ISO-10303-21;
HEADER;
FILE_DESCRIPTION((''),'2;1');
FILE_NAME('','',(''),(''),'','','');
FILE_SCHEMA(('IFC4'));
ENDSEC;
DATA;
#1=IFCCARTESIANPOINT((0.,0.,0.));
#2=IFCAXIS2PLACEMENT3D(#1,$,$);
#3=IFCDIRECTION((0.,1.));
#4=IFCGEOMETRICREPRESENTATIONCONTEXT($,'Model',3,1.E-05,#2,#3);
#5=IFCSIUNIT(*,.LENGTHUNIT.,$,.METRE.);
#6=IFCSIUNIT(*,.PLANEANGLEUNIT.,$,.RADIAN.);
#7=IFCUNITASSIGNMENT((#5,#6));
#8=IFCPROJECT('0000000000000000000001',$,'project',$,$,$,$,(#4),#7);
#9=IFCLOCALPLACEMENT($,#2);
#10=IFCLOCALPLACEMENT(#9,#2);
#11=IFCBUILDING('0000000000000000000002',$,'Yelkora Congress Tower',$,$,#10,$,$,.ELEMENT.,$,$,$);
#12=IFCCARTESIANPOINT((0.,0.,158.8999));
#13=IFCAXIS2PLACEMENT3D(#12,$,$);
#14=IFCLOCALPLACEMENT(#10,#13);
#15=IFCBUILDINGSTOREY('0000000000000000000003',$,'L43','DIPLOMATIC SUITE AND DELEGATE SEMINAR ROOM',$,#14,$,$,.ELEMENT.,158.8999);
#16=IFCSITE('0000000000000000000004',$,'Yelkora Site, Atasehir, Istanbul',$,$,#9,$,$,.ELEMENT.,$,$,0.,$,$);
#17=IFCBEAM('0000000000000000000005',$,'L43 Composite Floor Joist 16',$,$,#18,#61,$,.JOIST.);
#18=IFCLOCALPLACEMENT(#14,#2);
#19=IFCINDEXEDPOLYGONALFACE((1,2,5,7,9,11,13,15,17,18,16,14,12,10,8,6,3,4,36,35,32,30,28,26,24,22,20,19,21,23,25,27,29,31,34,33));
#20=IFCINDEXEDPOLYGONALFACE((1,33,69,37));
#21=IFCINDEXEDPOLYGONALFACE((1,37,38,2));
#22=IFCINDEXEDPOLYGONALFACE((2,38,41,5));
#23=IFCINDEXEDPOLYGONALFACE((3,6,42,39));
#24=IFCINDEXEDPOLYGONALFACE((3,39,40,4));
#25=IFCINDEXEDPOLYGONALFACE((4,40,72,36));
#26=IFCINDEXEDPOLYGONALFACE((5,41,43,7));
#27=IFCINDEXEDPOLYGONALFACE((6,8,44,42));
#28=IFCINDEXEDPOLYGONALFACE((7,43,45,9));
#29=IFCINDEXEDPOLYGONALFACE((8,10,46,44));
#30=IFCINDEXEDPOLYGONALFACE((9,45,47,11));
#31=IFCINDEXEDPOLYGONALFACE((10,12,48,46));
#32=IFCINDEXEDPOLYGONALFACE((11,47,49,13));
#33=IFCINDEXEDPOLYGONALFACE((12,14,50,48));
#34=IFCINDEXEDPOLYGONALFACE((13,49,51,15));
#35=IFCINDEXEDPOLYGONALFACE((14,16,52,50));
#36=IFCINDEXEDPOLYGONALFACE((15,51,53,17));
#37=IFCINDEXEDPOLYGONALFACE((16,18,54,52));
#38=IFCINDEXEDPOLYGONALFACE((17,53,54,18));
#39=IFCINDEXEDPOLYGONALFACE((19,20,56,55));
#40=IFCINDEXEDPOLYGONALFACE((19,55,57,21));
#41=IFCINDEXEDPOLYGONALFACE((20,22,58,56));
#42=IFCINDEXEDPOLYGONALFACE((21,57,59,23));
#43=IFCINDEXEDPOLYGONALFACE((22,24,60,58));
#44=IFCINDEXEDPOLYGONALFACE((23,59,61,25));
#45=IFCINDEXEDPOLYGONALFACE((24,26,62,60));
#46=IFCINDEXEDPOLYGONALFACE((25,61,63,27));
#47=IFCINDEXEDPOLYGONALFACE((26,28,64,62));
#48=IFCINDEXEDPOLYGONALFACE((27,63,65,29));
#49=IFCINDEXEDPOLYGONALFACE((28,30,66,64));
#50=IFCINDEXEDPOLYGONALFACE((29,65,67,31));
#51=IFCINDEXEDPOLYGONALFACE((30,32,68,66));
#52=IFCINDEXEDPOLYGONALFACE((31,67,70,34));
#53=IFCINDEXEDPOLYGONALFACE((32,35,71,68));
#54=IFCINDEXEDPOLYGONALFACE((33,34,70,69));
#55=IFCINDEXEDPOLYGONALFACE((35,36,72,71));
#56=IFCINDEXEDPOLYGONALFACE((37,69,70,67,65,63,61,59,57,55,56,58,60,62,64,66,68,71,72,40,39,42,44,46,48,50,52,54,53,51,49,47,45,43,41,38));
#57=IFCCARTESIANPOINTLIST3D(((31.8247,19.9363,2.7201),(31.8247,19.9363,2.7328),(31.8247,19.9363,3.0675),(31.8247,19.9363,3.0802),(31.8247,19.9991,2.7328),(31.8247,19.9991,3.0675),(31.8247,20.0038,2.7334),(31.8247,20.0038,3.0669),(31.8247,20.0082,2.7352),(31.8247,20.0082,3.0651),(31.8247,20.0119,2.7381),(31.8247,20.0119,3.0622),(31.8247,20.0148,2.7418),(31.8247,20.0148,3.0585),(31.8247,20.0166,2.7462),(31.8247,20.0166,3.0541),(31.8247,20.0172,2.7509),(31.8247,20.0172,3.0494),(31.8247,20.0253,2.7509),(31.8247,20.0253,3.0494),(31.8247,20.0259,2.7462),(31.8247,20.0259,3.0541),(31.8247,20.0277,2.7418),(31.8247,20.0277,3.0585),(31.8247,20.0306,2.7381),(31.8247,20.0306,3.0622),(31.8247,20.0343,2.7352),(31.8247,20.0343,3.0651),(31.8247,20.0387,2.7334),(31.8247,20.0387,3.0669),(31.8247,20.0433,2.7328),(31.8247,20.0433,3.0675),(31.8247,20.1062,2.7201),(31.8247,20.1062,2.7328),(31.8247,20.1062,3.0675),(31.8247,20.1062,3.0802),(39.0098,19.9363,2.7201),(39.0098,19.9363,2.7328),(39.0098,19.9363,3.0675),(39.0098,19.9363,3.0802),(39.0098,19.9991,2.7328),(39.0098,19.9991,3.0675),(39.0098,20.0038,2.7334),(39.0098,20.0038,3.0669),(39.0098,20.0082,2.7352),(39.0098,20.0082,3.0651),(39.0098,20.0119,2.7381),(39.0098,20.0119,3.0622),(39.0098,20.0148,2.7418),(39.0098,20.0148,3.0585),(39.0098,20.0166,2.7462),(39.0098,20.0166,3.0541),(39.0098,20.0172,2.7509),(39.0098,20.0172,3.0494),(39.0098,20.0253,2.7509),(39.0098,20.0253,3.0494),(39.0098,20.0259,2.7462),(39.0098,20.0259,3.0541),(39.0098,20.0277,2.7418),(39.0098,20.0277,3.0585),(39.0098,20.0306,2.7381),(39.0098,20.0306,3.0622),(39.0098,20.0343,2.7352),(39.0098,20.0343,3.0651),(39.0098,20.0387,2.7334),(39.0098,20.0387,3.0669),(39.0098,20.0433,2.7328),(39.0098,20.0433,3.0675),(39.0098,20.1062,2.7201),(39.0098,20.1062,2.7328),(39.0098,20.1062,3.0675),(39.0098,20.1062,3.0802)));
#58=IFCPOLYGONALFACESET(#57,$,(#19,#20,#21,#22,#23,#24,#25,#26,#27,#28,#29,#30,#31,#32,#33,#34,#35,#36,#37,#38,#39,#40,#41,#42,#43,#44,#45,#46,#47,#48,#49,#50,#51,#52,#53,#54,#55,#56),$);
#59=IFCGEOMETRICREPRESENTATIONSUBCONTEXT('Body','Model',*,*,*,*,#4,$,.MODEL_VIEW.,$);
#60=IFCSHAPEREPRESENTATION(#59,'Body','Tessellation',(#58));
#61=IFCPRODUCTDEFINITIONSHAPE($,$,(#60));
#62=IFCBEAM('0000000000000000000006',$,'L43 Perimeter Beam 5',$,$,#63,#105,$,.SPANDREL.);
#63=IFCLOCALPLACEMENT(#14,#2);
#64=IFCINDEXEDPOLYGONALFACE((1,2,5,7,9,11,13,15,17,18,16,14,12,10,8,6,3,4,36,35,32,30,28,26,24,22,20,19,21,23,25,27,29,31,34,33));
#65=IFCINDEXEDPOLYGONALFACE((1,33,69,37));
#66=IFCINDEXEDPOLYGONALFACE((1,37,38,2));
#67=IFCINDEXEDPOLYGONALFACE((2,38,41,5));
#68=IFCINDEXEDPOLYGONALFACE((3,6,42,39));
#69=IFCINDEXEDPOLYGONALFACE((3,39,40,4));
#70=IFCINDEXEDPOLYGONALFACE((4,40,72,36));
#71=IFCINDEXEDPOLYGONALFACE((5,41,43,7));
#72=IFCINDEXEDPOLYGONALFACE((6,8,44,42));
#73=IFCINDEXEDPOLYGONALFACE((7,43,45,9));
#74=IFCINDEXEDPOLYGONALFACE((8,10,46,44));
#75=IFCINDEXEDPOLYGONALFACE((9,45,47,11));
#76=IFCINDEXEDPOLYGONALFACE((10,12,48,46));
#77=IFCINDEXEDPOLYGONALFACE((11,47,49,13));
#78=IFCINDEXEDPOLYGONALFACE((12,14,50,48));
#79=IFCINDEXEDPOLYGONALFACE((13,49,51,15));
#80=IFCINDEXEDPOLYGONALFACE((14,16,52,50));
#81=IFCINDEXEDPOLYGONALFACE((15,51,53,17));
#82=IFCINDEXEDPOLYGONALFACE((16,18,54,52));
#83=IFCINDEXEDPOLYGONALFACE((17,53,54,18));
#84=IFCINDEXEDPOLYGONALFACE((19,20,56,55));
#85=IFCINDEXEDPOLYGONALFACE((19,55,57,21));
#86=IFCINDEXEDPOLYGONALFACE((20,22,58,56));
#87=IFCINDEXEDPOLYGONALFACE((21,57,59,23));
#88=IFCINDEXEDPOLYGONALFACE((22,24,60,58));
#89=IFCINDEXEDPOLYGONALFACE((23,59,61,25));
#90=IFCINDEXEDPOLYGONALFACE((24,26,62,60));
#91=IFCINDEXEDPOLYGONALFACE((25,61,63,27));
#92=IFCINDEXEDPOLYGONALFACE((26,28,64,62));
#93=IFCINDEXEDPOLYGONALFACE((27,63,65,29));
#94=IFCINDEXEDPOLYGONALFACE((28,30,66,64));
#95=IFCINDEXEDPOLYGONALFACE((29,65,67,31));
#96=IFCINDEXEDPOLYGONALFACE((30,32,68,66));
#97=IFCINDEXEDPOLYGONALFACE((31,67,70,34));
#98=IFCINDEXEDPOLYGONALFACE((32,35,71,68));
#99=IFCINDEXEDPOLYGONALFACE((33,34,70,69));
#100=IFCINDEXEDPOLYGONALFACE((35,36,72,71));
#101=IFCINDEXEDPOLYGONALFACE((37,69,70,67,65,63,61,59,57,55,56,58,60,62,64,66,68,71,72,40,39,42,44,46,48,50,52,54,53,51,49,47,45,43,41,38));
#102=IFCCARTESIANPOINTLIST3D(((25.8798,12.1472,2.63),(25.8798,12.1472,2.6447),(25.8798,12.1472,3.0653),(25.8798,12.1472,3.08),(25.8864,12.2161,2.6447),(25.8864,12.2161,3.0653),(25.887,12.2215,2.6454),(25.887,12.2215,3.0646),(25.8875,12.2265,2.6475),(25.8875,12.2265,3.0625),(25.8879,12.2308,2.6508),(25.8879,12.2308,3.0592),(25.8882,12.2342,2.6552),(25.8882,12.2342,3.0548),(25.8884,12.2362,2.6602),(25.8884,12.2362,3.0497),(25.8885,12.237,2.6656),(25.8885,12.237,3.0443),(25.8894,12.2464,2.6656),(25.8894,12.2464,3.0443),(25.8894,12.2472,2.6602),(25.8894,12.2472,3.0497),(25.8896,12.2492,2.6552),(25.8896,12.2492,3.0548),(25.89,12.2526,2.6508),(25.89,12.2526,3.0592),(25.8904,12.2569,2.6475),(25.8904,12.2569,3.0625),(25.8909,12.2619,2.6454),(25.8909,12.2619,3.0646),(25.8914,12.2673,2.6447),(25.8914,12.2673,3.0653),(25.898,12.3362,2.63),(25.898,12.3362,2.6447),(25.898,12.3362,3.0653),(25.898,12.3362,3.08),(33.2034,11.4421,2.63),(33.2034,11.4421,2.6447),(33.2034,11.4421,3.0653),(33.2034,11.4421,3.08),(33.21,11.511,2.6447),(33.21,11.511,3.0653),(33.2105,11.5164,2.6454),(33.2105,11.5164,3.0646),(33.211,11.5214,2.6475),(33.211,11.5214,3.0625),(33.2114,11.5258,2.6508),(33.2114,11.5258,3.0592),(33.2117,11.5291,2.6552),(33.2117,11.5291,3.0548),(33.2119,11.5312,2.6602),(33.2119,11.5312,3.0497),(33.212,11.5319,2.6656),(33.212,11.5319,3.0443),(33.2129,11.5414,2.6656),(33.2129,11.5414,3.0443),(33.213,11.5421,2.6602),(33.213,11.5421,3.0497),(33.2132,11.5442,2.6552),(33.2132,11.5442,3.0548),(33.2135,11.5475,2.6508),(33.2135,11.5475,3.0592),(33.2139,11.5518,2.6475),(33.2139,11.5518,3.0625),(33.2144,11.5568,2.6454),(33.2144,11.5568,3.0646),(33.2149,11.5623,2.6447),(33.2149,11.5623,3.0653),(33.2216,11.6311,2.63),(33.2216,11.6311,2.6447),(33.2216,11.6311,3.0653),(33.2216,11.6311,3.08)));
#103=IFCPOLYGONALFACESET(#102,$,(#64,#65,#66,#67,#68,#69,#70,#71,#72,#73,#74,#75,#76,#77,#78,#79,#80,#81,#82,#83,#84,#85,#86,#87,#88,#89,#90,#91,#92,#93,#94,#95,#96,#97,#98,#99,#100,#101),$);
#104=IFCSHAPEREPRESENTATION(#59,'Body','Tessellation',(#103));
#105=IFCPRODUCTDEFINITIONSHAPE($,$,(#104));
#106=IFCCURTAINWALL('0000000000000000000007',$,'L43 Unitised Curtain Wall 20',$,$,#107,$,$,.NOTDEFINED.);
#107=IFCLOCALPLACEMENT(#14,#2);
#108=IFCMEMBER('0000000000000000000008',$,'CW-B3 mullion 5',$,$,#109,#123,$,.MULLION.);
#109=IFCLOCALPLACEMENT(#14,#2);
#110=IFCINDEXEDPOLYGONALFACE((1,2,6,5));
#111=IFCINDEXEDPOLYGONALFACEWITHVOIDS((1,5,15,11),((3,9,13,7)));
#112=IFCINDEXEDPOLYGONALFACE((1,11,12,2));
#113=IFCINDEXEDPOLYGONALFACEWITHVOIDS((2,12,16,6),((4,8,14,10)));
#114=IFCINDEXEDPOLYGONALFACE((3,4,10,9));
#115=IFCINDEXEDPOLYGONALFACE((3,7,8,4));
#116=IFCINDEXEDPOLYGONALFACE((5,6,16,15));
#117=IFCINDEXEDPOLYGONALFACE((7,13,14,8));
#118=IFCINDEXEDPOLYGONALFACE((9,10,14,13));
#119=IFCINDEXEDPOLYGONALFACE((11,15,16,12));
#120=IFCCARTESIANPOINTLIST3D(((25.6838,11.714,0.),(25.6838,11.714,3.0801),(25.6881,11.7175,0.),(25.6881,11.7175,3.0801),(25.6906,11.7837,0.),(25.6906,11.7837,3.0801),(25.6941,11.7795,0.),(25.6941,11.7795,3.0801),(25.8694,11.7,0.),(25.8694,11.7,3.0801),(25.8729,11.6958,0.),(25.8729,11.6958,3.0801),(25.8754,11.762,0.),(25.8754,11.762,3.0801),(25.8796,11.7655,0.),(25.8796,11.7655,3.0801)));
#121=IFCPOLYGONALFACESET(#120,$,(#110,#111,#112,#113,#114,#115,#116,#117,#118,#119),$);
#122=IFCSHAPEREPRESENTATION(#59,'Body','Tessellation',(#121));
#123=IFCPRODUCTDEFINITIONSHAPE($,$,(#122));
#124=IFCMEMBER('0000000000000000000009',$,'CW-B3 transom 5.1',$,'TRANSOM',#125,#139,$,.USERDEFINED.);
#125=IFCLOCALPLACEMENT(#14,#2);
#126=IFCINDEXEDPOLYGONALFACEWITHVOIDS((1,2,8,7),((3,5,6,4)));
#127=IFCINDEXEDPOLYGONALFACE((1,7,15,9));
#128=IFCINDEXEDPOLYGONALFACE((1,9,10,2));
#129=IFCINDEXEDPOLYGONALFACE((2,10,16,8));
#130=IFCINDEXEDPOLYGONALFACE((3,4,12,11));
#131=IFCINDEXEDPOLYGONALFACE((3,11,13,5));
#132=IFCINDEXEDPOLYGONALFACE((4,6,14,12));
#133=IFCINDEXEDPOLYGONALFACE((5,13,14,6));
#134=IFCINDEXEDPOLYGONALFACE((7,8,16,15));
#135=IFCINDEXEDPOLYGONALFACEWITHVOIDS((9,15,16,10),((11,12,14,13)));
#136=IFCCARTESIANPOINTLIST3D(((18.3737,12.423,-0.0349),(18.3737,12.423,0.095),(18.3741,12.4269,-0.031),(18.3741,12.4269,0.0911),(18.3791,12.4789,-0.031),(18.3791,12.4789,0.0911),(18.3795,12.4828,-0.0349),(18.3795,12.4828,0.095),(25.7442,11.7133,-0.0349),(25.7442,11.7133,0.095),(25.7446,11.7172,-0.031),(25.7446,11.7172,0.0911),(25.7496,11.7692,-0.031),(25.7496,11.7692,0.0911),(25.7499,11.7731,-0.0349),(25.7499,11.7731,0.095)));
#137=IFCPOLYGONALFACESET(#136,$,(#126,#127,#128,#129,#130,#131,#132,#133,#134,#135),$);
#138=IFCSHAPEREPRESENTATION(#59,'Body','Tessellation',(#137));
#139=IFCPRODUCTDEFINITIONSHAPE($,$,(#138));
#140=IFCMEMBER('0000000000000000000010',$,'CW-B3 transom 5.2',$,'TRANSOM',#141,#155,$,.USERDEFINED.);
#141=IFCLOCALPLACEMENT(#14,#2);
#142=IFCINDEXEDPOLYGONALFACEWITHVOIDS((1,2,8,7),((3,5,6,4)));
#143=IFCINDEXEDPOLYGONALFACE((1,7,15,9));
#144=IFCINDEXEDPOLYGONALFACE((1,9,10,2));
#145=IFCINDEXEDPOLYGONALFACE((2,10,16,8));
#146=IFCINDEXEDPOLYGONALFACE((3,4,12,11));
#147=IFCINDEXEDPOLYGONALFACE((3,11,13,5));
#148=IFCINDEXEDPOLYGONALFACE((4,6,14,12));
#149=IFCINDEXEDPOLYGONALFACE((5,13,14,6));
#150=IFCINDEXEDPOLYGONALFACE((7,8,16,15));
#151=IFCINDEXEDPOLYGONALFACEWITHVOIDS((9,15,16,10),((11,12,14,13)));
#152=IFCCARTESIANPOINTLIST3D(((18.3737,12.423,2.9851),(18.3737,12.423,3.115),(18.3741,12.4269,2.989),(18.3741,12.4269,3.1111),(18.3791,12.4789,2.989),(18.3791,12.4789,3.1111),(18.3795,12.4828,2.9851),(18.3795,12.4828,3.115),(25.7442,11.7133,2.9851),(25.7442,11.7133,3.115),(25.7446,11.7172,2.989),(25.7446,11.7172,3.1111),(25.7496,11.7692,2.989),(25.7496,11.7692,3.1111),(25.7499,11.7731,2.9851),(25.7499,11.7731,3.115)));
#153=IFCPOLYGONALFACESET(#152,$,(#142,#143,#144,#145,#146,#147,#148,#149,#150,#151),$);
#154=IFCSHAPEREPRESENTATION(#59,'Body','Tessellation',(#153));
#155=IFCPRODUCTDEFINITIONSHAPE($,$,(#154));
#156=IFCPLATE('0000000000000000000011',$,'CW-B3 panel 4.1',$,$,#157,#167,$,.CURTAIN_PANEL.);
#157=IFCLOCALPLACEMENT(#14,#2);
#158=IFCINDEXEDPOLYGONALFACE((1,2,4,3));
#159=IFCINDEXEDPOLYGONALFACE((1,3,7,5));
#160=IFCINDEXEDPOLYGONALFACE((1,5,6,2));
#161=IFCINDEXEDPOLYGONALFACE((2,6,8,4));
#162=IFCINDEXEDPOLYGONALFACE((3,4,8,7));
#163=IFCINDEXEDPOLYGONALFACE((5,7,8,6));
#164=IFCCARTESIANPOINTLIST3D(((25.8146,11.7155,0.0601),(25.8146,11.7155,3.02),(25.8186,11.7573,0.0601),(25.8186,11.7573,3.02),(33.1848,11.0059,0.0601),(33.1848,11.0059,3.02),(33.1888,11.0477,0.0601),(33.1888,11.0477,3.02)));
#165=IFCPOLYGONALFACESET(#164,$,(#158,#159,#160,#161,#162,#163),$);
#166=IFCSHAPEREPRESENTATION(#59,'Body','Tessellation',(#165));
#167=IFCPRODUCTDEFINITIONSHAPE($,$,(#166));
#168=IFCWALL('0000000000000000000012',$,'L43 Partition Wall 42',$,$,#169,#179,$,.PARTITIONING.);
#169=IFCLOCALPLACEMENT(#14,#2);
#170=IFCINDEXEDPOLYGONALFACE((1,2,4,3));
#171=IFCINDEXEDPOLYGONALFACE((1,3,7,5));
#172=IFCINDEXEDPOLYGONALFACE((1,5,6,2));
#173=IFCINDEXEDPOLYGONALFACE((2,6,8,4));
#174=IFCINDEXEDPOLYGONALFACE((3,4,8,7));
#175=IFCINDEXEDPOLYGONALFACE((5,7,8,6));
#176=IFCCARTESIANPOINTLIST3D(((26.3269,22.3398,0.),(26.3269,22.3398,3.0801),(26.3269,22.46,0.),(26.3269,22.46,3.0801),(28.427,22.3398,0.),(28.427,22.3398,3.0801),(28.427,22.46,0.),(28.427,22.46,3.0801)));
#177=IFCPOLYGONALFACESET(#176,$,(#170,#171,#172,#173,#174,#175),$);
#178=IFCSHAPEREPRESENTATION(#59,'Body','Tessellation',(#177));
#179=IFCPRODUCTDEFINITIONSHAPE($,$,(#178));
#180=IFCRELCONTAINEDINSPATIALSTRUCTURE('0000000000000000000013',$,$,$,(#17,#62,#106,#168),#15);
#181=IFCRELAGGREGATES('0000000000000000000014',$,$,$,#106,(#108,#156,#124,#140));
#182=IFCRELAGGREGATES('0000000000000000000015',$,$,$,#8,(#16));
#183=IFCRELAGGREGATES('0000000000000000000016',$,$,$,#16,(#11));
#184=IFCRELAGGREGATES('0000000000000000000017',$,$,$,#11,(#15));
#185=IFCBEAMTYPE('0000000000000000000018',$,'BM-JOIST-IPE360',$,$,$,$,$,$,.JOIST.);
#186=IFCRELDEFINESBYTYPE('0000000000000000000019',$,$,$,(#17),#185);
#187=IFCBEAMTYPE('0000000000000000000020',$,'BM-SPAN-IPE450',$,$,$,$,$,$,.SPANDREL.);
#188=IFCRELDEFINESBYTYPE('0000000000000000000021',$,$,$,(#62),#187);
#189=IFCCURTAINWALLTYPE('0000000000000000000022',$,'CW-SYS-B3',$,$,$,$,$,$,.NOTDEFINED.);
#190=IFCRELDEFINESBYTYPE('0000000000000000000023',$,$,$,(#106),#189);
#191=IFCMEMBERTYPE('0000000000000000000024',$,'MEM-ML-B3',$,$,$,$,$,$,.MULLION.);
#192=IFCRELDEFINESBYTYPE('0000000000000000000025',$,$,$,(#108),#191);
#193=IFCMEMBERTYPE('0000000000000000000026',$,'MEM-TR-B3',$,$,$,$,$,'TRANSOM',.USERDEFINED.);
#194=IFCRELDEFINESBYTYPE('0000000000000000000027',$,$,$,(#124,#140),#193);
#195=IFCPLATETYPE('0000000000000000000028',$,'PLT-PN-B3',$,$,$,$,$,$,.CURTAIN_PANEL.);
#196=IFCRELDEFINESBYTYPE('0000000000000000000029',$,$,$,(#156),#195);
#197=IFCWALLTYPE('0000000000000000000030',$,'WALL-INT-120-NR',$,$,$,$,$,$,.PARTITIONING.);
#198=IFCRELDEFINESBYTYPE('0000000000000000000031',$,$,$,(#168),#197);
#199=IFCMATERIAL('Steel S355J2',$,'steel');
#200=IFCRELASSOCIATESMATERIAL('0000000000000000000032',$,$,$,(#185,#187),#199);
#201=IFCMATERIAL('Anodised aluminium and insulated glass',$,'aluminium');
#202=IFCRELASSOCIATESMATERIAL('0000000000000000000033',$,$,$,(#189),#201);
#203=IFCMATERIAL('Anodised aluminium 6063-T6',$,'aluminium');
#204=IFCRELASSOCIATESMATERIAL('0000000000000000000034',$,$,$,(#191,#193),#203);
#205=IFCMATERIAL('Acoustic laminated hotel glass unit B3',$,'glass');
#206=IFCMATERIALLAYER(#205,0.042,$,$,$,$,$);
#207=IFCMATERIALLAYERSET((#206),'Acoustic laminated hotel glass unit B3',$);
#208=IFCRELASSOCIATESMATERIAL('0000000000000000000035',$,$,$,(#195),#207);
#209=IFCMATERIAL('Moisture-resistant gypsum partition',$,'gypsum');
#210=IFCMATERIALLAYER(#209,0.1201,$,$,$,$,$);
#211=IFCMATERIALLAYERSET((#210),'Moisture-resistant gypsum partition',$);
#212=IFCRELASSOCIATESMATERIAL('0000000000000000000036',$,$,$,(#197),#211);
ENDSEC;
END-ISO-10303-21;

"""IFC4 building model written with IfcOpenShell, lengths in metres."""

from ifc_helpers import new_model, si_unit, direction, frame, frame_2d, origin, origin_2d, place, context, subcontext, project, spatial, rectangle, hollow_rectangle, i_section, extrude, material, layer, layer_set, material_profile, profile_set, type_object, element, aggregate, save


model = new_model("IFC4")

# Units and contexts
model_context = context("Model", 3, precision=1e-05, world=origin(), true_north=direction((0.0, 1.0)))
body_context = subcontext(model_context, "Body", "Model", "MODEL_VIEW")
ifc_project = project(units=[si_unit("LENGTHUNIT", "METRE"), si_unit("PLANEANGLEUNIT", "RADIAN")], contexts=[model_context])

# Site, building, storey
site_placement = place(None, origin())
site = spatial("IfcSite", under=ifc_project, at=site_placement, Name="Yelkora Site, Atasehir, Istanbul", CompositionType="ELEMENT", RefElevation=0.0)
building_placement = place(site_placement, origin())
building = spatial("IfcBuilding", under=site, at=building_placement, Name="Yelkora Congress Tower", CompositionType="ELEMENT")
storey_placement = place(building_placement, frame((0.0, 0.0, 158.8999)))
storey = spatial("IfcBuildingStorey", under=building, at=storey_placement, Name="L43", Description="DIPLOMATIC SUITE AND DELEGATE SEMINAR ROOM", CompositionType="ELEMENT", Elevation=158.8999)

# Beams
ifc_material_1 = material(Name="Steel S355J2", Category="steel")
ifc_material_profile_1 = material_profile(ifc_material_1, i_section(OverallWidth=0.1699, OverallDepth=0.3601, WebThickness=0.0081, FlangeThickness=0.0127, FilletRadius=0.0181, at=origin_2d()), Name="IPE 360")
ifc_profile_set_1 = profile_set([ifc_material_profile_1], Name="Steel S355J2")
beam_type_1 = type_object("IfcBeamType", Name="BM-JOIST-IPE360", PredefinedType="JOIST", material=ifc_profile_set_1)
beam_1_placement = place(storey_placement, frame((31.8247, 20.0212, 2.9001), z_axis=(1.0, 0.0, 0.0), x_axis=(0.0, 1.0, 0.0)))
element("IfcBeam", 1, at=beam_1_placement, inside=storey, type_object=beam_type_1, Name="L43 Composite Floor Joist 16", PredefinedType="JOIST", context=body_context, shape_type="SweptSolid", body=[
    extrude(i_section(OverallWidth=0.1699, OverallDepth=0.3601, WebThickness=0.0081, FlangeThickness=0.0127, FilletRadius=0.0181, at=origin_2d()), origin(), (0.0, 0.0, 1.0), 7.1851),
])
ifc_material_profile_2 = material_profile(ifc_material_1, i_section(OverallWidth=0.1899, OverallDepth=0.45, WebThickness=0.0095, FlangeThickness=0.0146, FilletRadius=0.021, at=origin_2d()), Name="IPE 450")
ifc_profile_set_2 = profile_set([ifc_material_profile_2], Name="Steel S355J2")
beam_type_2 = type_object("IfcBeamType", Name="BM-SPAN-IPE450", PredefinedType="SPANDREL", material=ifc_profile_set_2)
beam_2_placement = place(storey_placement, frame((25.8889, 12.2417, 2.855), z_axis=(0.995397, -0.095833, 0.0), x_axis=(0.095833, 0.995397, 0.0)))
element("IfcBeam", 2, at=beam_2_placement, inside=storey, type_object=beam_type_2, Name="L43 Perimeter Beam 5", PredefinedType="SPANDREL", context=body_context, shape_type="SweptSolid", body=[
    extrude(i_section(OverallWidth=0.1899, OverallDepth=0.45, WebThickness=0.0095, FlangeThickness=0.0146, FilletRadius=0.021, at=origin_2d()), origin(), (0.0, 0.0, 1.0), 7.3574),
])

# Curtain wall, members, plate
ifc_material_2 = material(Name="Anodised aluminium and insulated glass", Category="aluminium")
curtain_wall_type = type_object("IfcCurtainWallType", Name="CW-SYS-B3", PredefinedType="NOTDEFINED", material=ifc_material_2)
curtain_wall_placement = place(storey_placement, origin())
curtain_wall = element("IfcCurtainWall", 3, at=curtain_wall_placement, inside=storey, type_object=curtain_wall_type, Name="L43 Unitised Curtain Wall 20", PredefinedType="NOTDEFINED")
ifc_material_3 = material(Name="Anodised aluminium 6063-T6", Category="aluminium")
ifc_material_profile_3 = material_profile(ifc_material_3, hollow_rectangle(XDim=0.0701, YDim=0.1899, WallThickness=0.0039, at=origin_2d()), Name="ALU 70x190x4")
ifc_profile_set_3 = profile_set([ifc_material_profile_3], Name="Anodised aluminium 6063-T6")
member_type_1 = type_object("IfcMemberType", Name="MEM-ML-B3", PredefinedType="MULLION", material=ifc_profile_set_3)
member_1_placement = place(storey_placement, frame((25.7817, 11.7397, 0.0), z_axis=(0.0, 0.0, 1.0), x_axis=(-0.095845, -0.995396, 0.0)))
member_1 = element("IfcMember", 4, at=member_1_placement, type_object=member_type_1, Name="CW-B3 mullion 5", PredefinedType="MULLION", context=body_context, shape_type="SweptSolid", body=[
    extrude(hollow_rectangle(XDim=0.0701, YDim=0.1899, WallThickness=0.0039, at=origin_2d()), origin(), (0.0, 0.0, 1.0), 3.0801),
])
ifc_material_profile_4 = material_profile(ifc_material_3, hollow_rectangle(XDim=0.0601, YDim=0.1299, WallThickness=0.0039, at=origin_2d()), Name="ALU 60x130x4")
ifc_profile_set_4 = profile_set([ifc_material_profile_4], Name="Anodised aluminium 6063-T6")
member_type_2 = type_object("IfcMemberType", Name="MEM-TR-B3", ElementType="TRANSOM", PredefinedType="USERDEFINED", material=ifc_profile_set_4)
member_2_placement = place(storey_placement, frame((25.7471, 11.7432, 0.03), z_axis=(-0.995396, 0.09585, 0.0), x_axis=(-0.09585, -0.995396, 0.0)))
member_2 = element("IfcMember", 5, at=member_2_placement, type_object=member_type_2, Name="CW-B3 transom 5.1", ObjectType="TRANSOM", PredefinedType="USERDEFINED", context=body_context, shape_type="SweptSolid", body=[
    extrude(hollow_rectangle(XDim=0.0601, YDim=0.1299, WallThickness=0.0039, at=origin_2d()), origin(), (0.0, 0.0, 1.0), 7.4045),
])
member_3_placement = place(storey_placement, frame((25.7471, 11.7432, 3.05), z_axis=(-0.995396, 0.09585, 0.0), x_axis=(-0.09585, -0.995396, 0.0)))
member_3 = element("IfcMember", 6, at=member_3_placement, type_object=member_type_2, Name="CW-B3 transom 5.2", ObjectType="TRANSOM", PredefinedType="USERDEFINED", context=body_context, shape_type="SweptSolid", body=[
    extrude(hollow_rectangle(XDim=0.0601, YDim=0.1299, WallThickness=0.0039, at=origin_2d()), origin(), (0.0, 0.0, 1.0), 7.4045),
])
ifc_material_4 = material(Name="Acoustic laminated hotel glass unit B3", Category="glass")
ifc_layer_1 = layer(ifc_material_4, 0.042)
ifc_layer_set_1 = layer_set([ifc_layer_1], Name="Acoustic laminated hotel glass unit B3")
plate_type = type_object("IfcPlateType", Name="PLT-PN-B3", PredefinedType="CURTAIN_PANEL", material=ifc_layer_set_1)
plate_placement = place(storey_placement, frame((29.5017, 11.3816, 0.0601), z_axis=(0.0, 0.0, 1.0), x_axis=(-0.995396, 0.095845, 0.0)))
plate = element("IfcPlate", 7, at=plate_placement, type_object=plate_type, Name="CW-B3 panel 4.1", PredefinedType="CURTAIN_PANEL", context=body_context, shape_type="SweptSolid", body=[
    extrude(rectangle(XDim=7.4043, YDim=0.042, at=origin_2d()), origin(), (0.0, 0.0, 1.0), 2.96),
])
aggregate(curtain_wall, [member_1, plate, member_2, member_3])

# Wall
ifc_material_5 = material(Name="Moisture-resistant gypsum partition", Category="gypsum")
ifc_layer_2 = layer(ifc_material_5, 0.1201)
ifc_layer_set_2 = layer_set([ifc_layer_2], Name="Moisture-resistant gypsum partition")
wall_type_1 = type_object("IfcWallType", Name="WALL-INT-120-NR", PredefinedType="PARTITIONING", material=ifc_layer_set_2)
wall_1_placement = place(storey_placement, frame((26.3269, 22.3999, 0.0), z_axis=(0.0, 0.0, 1.0), x_axis=(1.0, 0.0, 0.0)))
element("IfcWall", 8, at=wall_1_placement, inside=storey, type_object=wall_type_1, Name="L43 Partition Wall 42", PredefinedType="PARTITIONING", context=body_context, shape_type="SweptSolid", body=[
    extrude(rectangle(XDim=2.1001, YDim=0.1201, at=frame_2d((1.05, 0.0))), origin(), (0.0, 0.0, 1.0), 3.0801),
])

save(model, "model.ifc")
